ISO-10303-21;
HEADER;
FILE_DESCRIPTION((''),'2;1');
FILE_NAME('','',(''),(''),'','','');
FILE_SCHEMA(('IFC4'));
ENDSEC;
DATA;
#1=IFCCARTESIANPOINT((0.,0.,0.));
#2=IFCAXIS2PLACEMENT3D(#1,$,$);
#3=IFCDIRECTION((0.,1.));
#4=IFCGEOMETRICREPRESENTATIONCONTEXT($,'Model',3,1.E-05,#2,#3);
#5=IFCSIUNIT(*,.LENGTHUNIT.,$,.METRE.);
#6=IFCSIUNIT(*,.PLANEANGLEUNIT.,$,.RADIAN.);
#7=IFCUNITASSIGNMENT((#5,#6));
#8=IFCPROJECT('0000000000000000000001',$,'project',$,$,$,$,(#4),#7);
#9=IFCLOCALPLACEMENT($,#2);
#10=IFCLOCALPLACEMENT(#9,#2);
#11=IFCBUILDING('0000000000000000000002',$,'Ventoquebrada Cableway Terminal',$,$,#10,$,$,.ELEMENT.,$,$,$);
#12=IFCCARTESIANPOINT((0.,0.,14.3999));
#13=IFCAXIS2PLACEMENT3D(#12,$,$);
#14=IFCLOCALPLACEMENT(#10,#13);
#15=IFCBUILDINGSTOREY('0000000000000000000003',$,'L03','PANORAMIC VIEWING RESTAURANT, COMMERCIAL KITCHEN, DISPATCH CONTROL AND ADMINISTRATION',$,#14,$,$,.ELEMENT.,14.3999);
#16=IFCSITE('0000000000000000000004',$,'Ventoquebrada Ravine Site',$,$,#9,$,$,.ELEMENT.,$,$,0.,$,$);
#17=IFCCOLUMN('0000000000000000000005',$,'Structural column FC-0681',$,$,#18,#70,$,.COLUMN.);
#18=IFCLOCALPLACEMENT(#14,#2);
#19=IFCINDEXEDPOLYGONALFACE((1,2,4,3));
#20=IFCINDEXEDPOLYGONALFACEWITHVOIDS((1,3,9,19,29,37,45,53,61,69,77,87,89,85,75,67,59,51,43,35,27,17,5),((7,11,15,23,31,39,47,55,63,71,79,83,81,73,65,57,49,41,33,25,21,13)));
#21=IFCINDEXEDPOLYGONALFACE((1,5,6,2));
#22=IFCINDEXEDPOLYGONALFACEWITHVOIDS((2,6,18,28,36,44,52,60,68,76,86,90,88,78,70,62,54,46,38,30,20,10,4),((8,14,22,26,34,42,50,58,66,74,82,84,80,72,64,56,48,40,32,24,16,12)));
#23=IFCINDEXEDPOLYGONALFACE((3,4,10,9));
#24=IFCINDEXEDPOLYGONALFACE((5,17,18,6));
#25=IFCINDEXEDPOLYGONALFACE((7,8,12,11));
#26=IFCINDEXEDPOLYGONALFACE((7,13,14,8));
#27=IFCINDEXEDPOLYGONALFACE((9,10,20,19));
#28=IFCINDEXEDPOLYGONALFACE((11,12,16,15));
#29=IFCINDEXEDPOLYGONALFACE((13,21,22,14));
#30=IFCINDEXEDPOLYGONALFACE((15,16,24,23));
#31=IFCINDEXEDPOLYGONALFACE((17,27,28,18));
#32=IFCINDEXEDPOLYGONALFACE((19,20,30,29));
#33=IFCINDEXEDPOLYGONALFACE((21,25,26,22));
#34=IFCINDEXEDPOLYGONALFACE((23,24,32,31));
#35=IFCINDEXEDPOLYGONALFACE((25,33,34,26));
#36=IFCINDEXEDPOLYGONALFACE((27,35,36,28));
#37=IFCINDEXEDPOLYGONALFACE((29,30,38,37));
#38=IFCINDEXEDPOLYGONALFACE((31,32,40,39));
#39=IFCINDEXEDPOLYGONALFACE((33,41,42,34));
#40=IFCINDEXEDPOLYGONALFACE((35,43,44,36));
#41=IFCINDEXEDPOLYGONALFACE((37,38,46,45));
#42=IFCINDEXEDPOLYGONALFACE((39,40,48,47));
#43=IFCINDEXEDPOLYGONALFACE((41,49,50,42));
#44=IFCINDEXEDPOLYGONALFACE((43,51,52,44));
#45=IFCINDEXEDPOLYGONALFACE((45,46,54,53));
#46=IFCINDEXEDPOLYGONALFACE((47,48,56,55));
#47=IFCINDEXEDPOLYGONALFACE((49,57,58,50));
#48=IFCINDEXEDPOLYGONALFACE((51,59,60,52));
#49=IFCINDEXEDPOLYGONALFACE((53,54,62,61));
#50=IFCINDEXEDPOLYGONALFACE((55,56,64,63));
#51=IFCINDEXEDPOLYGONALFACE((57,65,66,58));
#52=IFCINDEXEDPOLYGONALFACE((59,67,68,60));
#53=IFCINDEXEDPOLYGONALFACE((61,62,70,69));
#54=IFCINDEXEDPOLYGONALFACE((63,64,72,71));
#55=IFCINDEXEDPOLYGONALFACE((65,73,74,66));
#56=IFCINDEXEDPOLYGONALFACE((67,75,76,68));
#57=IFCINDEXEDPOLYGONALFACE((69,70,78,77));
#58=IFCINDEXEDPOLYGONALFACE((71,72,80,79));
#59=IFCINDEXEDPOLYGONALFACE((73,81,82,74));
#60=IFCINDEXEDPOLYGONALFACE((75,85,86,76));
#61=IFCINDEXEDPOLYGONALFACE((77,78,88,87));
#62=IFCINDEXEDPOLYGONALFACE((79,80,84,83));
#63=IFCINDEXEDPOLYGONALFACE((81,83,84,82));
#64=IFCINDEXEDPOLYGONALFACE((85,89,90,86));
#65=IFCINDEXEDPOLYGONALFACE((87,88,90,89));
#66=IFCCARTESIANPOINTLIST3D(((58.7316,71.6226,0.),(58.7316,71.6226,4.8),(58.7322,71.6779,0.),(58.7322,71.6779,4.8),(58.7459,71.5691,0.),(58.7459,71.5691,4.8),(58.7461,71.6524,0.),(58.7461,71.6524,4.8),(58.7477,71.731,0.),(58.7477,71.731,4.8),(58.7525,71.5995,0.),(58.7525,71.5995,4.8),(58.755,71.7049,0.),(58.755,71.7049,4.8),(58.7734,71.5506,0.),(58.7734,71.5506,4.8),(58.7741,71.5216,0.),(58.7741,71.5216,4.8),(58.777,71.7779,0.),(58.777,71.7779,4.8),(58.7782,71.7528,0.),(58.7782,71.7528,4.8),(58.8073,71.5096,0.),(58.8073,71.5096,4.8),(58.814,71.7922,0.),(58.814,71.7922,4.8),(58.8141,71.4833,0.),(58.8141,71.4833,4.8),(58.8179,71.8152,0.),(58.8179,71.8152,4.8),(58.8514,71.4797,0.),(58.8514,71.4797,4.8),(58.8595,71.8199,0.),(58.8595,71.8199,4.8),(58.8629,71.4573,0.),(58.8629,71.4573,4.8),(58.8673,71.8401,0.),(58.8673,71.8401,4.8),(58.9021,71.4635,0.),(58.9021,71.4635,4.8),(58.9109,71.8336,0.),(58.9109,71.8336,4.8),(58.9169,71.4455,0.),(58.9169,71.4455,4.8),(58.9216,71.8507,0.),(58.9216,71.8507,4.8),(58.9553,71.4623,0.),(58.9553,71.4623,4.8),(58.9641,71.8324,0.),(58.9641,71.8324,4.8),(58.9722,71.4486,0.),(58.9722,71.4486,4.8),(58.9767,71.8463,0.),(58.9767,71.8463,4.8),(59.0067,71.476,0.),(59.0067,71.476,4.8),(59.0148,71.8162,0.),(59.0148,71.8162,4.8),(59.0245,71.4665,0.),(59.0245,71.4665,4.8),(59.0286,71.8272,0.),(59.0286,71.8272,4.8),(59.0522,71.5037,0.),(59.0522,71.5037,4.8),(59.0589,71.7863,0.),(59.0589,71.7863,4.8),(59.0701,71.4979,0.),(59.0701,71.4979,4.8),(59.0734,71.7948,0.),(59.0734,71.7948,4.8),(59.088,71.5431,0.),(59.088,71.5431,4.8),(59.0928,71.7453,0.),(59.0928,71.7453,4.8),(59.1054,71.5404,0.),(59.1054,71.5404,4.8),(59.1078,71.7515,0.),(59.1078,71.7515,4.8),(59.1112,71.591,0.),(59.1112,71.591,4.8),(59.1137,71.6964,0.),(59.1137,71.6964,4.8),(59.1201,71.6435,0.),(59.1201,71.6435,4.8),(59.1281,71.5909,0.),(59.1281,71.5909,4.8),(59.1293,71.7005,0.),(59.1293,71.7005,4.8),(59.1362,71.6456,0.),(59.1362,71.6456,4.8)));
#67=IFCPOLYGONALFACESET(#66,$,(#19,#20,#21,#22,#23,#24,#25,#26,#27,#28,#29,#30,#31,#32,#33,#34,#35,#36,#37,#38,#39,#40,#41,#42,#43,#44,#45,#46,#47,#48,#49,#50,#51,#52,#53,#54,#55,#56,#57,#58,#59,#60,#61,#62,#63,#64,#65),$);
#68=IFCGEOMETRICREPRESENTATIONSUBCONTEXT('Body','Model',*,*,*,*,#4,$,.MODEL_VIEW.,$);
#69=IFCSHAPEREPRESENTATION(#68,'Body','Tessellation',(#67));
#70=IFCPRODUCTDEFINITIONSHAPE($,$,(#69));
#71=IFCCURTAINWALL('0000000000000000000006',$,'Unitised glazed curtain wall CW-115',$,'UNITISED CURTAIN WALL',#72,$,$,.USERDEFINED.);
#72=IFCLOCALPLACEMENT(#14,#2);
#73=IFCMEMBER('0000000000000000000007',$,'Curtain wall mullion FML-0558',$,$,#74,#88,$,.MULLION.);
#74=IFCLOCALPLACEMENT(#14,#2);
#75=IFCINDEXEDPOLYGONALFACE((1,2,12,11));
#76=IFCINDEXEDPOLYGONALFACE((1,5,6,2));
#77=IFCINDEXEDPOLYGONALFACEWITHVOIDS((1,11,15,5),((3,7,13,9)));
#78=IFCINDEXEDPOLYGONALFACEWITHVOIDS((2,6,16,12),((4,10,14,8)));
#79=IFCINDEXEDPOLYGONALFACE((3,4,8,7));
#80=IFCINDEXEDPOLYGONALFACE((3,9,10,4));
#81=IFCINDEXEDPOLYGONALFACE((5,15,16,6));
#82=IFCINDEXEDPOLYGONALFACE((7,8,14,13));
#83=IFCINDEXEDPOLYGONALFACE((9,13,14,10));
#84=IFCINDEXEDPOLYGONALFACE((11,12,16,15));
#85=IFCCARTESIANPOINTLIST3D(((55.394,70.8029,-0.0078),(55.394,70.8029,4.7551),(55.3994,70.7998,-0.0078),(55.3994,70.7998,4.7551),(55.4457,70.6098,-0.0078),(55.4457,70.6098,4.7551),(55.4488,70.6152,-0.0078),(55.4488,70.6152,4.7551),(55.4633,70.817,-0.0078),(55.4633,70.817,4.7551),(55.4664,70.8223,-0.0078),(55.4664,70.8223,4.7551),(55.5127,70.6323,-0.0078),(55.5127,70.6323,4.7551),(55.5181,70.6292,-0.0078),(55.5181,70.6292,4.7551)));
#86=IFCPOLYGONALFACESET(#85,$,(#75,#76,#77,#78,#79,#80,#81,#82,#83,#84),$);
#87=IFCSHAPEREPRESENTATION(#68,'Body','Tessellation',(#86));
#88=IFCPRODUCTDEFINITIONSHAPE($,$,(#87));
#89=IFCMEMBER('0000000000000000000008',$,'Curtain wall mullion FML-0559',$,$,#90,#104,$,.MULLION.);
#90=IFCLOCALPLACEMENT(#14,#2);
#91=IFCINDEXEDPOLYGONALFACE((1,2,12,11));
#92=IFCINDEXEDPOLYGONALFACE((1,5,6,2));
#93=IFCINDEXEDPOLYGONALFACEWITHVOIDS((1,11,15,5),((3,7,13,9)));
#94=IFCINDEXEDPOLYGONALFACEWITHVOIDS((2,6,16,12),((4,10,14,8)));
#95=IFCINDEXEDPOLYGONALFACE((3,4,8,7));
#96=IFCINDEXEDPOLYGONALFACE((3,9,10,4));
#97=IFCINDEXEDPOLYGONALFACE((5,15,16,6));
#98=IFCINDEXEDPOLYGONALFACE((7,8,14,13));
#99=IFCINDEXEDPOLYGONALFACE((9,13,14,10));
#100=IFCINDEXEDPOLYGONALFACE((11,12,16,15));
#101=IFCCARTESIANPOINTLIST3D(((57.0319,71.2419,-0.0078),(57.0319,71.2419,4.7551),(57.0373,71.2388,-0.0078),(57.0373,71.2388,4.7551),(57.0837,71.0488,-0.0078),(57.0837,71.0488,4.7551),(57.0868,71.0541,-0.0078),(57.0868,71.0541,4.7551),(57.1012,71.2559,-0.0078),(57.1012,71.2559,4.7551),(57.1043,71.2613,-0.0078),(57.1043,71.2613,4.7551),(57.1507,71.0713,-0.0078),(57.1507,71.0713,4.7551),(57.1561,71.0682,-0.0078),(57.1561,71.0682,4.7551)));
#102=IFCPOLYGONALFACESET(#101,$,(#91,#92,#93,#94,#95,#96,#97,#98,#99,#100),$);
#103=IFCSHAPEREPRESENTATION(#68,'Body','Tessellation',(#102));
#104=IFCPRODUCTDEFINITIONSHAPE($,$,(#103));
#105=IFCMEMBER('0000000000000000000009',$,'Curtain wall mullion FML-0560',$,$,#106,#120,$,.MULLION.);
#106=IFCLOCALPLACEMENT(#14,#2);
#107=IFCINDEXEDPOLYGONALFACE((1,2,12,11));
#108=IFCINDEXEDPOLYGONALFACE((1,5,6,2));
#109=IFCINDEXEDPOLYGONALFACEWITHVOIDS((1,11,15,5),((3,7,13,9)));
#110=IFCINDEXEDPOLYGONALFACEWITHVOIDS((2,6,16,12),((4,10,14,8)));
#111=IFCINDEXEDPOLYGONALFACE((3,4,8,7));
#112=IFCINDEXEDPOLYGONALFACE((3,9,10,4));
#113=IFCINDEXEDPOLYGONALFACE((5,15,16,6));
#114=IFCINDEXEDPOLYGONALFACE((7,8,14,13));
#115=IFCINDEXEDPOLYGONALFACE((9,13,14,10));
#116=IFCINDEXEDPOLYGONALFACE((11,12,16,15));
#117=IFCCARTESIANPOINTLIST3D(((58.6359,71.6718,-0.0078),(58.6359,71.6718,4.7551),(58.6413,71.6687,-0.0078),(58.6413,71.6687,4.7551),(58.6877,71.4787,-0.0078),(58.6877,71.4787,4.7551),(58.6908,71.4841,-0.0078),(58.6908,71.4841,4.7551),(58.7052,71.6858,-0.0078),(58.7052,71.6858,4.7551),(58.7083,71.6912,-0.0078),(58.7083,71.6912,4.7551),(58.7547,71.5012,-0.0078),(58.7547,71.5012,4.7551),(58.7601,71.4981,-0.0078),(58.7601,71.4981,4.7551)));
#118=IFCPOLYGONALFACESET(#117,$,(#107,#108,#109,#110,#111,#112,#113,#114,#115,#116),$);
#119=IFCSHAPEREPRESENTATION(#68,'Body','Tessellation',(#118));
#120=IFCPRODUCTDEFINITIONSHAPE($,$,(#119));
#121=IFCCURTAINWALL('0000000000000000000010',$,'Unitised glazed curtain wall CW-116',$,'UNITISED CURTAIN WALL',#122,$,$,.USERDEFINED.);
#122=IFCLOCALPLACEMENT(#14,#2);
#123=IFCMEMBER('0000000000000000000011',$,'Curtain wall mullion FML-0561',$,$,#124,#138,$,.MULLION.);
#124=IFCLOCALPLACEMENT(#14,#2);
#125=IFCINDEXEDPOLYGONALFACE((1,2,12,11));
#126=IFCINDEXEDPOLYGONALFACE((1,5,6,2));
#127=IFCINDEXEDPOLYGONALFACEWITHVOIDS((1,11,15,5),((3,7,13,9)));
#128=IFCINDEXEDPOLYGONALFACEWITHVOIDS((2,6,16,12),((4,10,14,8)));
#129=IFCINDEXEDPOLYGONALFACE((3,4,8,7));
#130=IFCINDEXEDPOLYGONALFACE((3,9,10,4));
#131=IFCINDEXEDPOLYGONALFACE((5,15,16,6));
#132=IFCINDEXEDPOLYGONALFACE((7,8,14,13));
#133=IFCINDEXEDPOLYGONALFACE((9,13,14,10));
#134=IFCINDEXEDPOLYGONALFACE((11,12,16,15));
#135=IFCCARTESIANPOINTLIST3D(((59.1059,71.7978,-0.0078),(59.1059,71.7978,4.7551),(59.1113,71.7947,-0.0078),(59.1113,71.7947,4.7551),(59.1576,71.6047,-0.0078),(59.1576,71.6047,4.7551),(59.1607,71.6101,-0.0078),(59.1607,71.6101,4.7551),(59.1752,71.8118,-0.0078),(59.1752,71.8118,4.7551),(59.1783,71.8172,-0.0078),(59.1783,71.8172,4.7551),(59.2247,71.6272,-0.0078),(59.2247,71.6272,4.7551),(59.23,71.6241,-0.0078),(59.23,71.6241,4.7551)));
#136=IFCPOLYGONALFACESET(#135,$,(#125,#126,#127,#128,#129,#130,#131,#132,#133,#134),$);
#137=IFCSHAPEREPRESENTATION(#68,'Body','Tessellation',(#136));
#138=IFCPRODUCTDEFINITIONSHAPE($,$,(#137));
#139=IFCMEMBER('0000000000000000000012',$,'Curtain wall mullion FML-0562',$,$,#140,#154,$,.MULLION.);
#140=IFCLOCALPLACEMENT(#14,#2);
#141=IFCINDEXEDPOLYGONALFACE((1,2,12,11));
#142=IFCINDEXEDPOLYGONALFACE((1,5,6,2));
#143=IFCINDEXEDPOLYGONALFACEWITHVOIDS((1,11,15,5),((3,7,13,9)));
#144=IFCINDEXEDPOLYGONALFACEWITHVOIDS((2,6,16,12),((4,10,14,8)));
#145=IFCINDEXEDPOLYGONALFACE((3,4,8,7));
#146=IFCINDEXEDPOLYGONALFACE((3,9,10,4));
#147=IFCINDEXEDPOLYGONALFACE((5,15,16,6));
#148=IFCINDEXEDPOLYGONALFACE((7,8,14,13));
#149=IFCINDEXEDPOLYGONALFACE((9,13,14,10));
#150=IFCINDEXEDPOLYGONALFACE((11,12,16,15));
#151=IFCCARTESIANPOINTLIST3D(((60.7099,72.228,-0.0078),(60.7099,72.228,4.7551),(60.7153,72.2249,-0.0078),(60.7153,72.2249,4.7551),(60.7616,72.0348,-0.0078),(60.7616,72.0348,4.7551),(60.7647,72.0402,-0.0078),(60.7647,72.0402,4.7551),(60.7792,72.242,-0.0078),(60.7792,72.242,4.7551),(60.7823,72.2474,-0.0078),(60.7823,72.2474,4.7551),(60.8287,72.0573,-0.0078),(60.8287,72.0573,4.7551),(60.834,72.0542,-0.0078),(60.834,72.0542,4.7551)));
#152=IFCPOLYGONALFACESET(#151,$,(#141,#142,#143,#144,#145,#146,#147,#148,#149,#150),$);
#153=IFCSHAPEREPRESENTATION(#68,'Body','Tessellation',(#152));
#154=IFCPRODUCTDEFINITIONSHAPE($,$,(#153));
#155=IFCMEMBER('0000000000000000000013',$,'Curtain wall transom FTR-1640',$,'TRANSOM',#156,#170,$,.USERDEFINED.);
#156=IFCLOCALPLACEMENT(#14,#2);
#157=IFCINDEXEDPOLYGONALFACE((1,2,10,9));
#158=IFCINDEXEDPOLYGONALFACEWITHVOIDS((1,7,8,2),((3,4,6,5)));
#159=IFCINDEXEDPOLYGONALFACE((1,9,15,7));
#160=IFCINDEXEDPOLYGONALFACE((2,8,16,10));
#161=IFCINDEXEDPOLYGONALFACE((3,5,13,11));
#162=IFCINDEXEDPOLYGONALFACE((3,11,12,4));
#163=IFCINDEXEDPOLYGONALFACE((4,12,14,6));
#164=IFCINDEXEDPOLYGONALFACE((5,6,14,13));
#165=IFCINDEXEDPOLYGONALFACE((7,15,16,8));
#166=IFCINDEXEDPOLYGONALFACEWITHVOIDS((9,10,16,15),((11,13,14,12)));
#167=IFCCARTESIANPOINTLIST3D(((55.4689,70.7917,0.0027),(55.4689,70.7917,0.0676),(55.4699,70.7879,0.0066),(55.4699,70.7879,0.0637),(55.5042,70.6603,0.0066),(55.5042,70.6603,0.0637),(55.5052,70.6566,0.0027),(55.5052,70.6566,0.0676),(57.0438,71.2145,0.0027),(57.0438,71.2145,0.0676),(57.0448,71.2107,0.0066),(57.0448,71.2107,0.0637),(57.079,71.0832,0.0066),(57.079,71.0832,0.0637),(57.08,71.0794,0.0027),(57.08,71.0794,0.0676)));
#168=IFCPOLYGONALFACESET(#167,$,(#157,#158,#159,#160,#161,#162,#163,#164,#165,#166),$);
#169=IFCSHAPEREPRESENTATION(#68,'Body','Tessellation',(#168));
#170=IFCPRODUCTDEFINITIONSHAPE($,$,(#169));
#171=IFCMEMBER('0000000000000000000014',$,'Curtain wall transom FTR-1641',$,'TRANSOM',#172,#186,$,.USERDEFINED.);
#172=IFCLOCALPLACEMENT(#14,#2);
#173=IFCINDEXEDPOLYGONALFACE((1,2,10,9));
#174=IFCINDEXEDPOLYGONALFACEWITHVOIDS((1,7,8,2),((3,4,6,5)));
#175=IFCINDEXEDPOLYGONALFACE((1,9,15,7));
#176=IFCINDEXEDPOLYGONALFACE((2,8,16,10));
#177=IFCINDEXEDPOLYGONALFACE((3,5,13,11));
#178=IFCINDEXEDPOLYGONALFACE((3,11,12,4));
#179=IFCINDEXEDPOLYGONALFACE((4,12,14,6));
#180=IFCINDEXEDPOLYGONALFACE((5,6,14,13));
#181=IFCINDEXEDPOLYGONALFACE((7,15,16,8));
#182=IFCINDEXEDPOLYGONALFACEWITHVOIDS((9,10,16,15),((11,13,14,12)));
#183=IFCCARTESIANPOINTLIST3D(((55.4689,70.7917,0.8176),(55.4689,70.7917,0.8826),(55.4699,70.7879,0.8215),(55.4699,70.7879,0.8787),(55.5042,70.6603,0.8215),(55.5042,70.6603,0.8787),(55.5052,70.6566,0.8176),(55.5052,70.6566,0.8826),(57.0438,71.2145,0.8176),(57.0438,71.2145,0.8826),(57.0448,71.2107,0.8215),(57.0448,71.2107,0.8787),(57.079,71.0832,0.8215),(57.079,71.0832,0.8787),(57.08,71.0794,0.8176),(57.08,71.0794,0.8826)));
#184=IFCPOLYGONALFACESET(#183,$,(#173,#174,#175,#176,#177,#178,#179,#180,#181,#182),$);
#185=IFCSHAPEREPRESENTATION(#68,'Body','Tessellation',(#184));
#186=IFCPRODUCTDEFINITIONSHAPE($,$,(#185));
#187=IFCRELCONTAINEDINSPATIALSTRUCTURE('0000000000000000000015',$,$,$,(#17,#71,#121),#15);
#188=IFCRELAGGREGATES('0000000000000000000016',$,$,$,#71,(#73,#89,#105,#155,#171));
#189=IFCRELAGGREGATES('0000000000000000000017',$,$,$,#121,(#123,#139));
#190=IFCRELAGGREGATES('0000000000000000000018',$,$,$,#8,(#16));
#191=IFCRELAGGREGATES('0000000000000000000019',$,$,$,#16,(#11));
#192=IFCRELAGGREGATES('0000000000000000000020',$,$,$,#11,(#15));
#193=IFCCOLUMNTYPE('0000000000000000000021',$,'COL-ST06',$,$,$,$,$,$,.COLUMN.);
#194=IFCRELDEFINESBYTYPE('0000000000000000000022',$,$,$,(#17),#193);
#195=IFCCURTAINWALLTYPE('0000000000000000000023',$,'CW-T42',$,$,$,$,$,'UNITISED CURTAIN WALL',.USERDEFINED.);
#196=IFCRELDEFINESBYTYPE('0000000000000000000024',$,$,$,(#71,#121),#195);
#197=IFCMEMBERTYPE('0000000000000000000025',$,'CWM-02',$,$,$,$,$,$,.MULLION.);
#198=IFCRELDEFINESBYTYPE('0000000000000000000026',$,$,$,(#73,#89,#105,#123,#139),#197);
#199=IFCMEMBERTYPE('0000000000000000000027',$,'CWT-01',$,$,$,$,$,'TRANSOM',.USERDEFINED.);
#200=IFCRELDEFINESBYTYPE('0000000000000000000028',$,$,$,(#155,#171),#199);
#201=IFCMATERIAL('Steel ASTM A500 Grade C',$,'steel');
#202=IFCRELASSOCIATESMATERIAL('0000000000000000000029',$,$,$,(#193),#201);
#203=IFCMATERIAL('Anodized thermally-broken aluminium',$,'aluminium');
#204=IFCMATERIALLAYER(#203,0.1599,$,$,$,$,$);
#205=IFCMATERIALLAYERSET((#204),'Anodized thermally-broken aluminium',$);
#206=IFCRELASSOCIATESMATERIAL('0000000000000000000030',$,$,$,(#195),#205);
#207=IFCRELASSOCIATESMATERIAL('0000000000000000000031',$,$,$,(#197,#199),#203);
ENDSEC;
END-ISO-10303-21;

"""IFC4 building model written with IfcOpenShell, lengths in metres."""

from ifc_helpers import new_model, si_unit, direction, frame, origin, origin_2d, place, context, subcontext, project, spatial, hollow_rectangle, hollow_circle, extrude, material, layer, layer_set, material_profile, profile_set, type_object, element, aggregate, save


model = new_model("IFC4")

# Units and contexts
model_context = context("Model", 3, precision=1e-05, world=origin(), true_north=direction((0.0, 1.0)))
body_context = subcontext(model_context, "Body", "Model", "MODEL_VIEW")
ifc_project = project(units=[si_unit("LENGTHUNIT", "METRE"), si_unit("PLANEANGLEUNIT", "RADIAN")], contexts=[model_context])

# Site, building, storey
site_placement = place(None, origin())
site = spatial("IfcSite", under=ifc_project, at=site_placement, Name="Ventoquebrada Ravine Site", CompositionType="ELEMENT", RefElevation=0.0)
building_placement = place(site_placement, origin())
building = spatial("IfcBuilding", under=site, at=building_placement, Name="Ventoquebrada Cableway Terminal", CompositionType="ELEMENT")
storey_placement = place(building_placement, frame((0.0, 0.0, 14.3999)))
storey = spatial("IfcBuildingStorey", under=building, at=storey_placement, Name="L03", Description="PANORAMIC VIEWING RESTAURANT, COMMERCIAL KITCHEN, DISPATCH CONTROL AND ADMINISTRATION", CompositionType="ELEMENT", Elevation=14.3999)

# Column
ifc_material_1 = material(Name="Steel ASTM A500 Grade C", Category="steel")
ifc_material_profile_1 = material_profile(ifc_material_1, hollow_circle(Radius=0.2031, WallThickness=0.0161, at=origin_2d()), Name="CHS406.4X16")
ifc_profile_set_1 = profile_set([ifc_material_profile_1], Name="Steel ASTM A500 Grade C")
column_type = type_object("IfcColumnType", Name="COL-ST06", PredefinedType="COLUMN", material=ifc_profile_set_1)
column_placement = place(storey_placement, frame((58.9331, 71.6479, 0.0), z_axis=(0.0, 0.0, 1.0), x_axis=(0.965926, 0.258819, 0.0)))
element("IfcColumn", 1, at=column_placement, inside=storey, type_object=column_type, Name="Structural column FC-0681", PredefinedType="COLUMN", context=body_context, shape_type="SweptSolid", body=[
    extrude(hollow_circle(Radius=0.2031, WallThickness=0.0161, at=origin_2d()), origin(), (0.0, 0.0, 1.0), 4.8),
])

# Curtain walls, members
ifc_material_2 = material(Name="Anodized thermally-broken aluminium", Category="aluminium")
ifc_layer_1 = layer(ifc_material_2, 0.1599)
ifc_layer_set_1 = layer_set([ifc_layer_1], Name="Anodized thermally-broken aluminium")
curtain_wall_type = type_object("IfcCurtainWallType", Name="CW-T42", ElementType="UNITISED CURTAIN WALL", PredefinedType="USERDEFINED", material=ifc_layer_set_1)
curtain_wall_1_placement = place(storey_placement, origin())
curtain_wall_1 = element("IfcCurtainWall", 2, at=curtain_wall_1_placement, inside=storey, type_object=curtain_wall_type, Name="Unitised glazed curtain wall CW-115", ObjectType="UNITISED CURTAIN WALL", PredefinedType="USERDEFINED")
ifc_material_profile_2 = material_profile(ifc_material_2, hollow_rectangle(XDim=0.075, YDim=0.2, WallThickness=0.0044, at=origin_2d()), Name="CW-MUL-75X200")
ifc_profile_set_2 = profile_set([ifc_material_profile_2], Name="Anodized thermally-broken aluminium")
member_type_1 = type_object("IfcMemberType", Name="CWM-02", PredefinedType="MULLION", material=ifc_profile_set_2)
member_1_placement = place(storey_placement, frame((55.4561, 70.7161, -0.0078), z_axis=(0.0, 0.0, 1.0), x_axis=(0.965921, 0.258836, 0.0)))
member_1 = element("IfcMember", 3, at=member_1_placement, type_object=member_type_1, Name="Curtain wall mullion FML-0558", PredefinedType="MULLION", context=body_context, shape_type="SweptSolid", body=[
    extrude(hollow_rectangle(XDim=0.075, YDim=0.2, WallThickness=0.0044, at=origin_2d()), origin(), (0.0, 0.0, 1.0), 4.7629),
])
member_2_placement = place(storey_placement, frame((57.094, 71.155, -0.0078), z_axis=(0.0, 0.0, 1.0), x_axis=(0.965921, 0.258836, 0.0)))
member_2 = element("IfcMember", 4, at=member_2_placement, type_object=member_type_1, Name="Curtain wall mullion FML-0559", PredefinedType="MULLION", context=body_context, shape_type="SweptSolid", body=[
    extrude(hollow_rectangle(XDim=0.075, YDim=0.2, WallThickness=0.0044, at=origin_2d()), origin(), (0.0, 0.0, 1.0), 4.7629),
])
member_3_placement = place(storey_placement, frame((58.698, 71.585, -0.0078), z_axis=(0.0, 0.0, 1.0), x_axis=(0.965921, 0.258836, 0.0)))
member_3 = element("IfcMember", 5, at=member_3_placement, type_object=member_type_1, Name="Curtain wall mullion FML-0560", PredefinedType="MULLION", context=body_context, shape_type="SweptSolid", body=[
    extrude(hollow_rectangle(XDim=0.075, YDim=0.2, WallThickness=0.0044, at=origin_2d()), origin(), (0.0, 0.0, 1.0), 4.7629),
])
curtain_wall_2_placement = place(storey_placement, origin())
curtain_wall_2 = element("IfcCurtainWall", 6, at=curtain_wall_2_placement, inside=storey, type_object=curtain_wall_type, Name="Unitised glazed curtain wall CW-116", ObjectType="UNITISED CURTAIN WALL", PredefinedType="USERDEFINED")
member_4_placement = place(storey_placement, frame((59.168, 71.7109, -0.0078), z_axis=(0.0, 0.0, 1.0), x_axis=(0.965948, 0.258735, 0.0)))
member_4 = element("IfcMember", 7, at=member_4_placement, type_object=member_type_1, Name="Curtain wall mullion FML-0561", PredefinedType="MULLION", context=body_context, shape_type="SweptSolid", body=[
    extrude(hollow_rectangle(XDim=0.075, YDim=0.2, WallThickness=0.0044, at=origin_2d()), origin(), (0.0, 0.0, 1.0), 4.7629),
])
member_5_placement = place(storey_placement, frame((60.772, 72.1411, -0.0078), z_axis=(0.0, 0.0, 1.0), x_axis=(0.965948, 0.258735, 0.0)))
member_5 = element("IfcMember", 8, at=member_5_placement, type_object=member_type_1, Name="Curtain wall mullion FML-0562", PredefinedType="MULLION", context=body_context, shape_type="SweptSolid", body=[
    extrude(hollow_rectangle(XDim=0.075, YDim=0.2, WallThickness=0.0044, at=origin_2d()), origin(), (0.0, 0.0, 1.0), 4.7629),
])

# Members
ifc_material_profile_3 = material_profile(ifc_material_2, hollow_rectangle(XDim=0.0649, YDim=0.1399, WallThickness=0.0039, at=origin_2d()), Name="CW-TRN-65X140")
ifc_profile_set_3 = profile_set([ifc_material_profile_3], Name="Anodized thermally-broken aluminium")
member_type_2 = type_object("IfcMemberType", Name="CWT-01", ElementType="TRANSOM", PredefinedType="USERDEFINED", material=ifc_profile_set_3)
member_6_placement = place(storey_placement, frame((55.4871, 70.7241, 0.0352), z_axis=(0.965796, 0.259302, 0.0), x_axis=(0.0, 0.0, 1.0)))
member_6 = element("IfcMember", 9, at=member_6_placement, type_object=member_type_2, Name="Curtain wall transom FTR-1640", ObjectType="TRANSOM", PredefinedType="USERDEFINED", context=body_context, shape_type="SweptSolid", body=[
    extrude(hollow_rectangle(XDim=0.0649, YDim=0.1399, WallThickness=0.0039, at=origin_2d()), origin(), (0.0, 0.0, 1.0), 1.6306),
])
member_7_placement = place(storey_placement, frame((55.4871, 70.7241, 0.8501), z_axis=(0.965796, 0.259302, 0.0), x_axis=(0.0, 0.0, 1.0)))
member_7 = element("IfcMember", 10, at=member_7_placement, type_object=member_type_2, Name="Curtain wall transom FTR-1641", ObjectType="TRANSOM", PredefinedType="USERDEFINED", context=body_context, shape_type="SweptSolid", body=[
    extrude(hollow_rectangle(XDim=0.0649, YDim=0.1399, WallThickness=0.0039, at=origin_2d()), origin(), (0.0, 0.0, 1.0), 1.6306),
])

aggregate(curtain_wall_1, [member_1, member_2, member_3, member_6, member_7])
aggregate(curtain_wall_2, [member_4, member_5])

save(model, "model.ifc")
